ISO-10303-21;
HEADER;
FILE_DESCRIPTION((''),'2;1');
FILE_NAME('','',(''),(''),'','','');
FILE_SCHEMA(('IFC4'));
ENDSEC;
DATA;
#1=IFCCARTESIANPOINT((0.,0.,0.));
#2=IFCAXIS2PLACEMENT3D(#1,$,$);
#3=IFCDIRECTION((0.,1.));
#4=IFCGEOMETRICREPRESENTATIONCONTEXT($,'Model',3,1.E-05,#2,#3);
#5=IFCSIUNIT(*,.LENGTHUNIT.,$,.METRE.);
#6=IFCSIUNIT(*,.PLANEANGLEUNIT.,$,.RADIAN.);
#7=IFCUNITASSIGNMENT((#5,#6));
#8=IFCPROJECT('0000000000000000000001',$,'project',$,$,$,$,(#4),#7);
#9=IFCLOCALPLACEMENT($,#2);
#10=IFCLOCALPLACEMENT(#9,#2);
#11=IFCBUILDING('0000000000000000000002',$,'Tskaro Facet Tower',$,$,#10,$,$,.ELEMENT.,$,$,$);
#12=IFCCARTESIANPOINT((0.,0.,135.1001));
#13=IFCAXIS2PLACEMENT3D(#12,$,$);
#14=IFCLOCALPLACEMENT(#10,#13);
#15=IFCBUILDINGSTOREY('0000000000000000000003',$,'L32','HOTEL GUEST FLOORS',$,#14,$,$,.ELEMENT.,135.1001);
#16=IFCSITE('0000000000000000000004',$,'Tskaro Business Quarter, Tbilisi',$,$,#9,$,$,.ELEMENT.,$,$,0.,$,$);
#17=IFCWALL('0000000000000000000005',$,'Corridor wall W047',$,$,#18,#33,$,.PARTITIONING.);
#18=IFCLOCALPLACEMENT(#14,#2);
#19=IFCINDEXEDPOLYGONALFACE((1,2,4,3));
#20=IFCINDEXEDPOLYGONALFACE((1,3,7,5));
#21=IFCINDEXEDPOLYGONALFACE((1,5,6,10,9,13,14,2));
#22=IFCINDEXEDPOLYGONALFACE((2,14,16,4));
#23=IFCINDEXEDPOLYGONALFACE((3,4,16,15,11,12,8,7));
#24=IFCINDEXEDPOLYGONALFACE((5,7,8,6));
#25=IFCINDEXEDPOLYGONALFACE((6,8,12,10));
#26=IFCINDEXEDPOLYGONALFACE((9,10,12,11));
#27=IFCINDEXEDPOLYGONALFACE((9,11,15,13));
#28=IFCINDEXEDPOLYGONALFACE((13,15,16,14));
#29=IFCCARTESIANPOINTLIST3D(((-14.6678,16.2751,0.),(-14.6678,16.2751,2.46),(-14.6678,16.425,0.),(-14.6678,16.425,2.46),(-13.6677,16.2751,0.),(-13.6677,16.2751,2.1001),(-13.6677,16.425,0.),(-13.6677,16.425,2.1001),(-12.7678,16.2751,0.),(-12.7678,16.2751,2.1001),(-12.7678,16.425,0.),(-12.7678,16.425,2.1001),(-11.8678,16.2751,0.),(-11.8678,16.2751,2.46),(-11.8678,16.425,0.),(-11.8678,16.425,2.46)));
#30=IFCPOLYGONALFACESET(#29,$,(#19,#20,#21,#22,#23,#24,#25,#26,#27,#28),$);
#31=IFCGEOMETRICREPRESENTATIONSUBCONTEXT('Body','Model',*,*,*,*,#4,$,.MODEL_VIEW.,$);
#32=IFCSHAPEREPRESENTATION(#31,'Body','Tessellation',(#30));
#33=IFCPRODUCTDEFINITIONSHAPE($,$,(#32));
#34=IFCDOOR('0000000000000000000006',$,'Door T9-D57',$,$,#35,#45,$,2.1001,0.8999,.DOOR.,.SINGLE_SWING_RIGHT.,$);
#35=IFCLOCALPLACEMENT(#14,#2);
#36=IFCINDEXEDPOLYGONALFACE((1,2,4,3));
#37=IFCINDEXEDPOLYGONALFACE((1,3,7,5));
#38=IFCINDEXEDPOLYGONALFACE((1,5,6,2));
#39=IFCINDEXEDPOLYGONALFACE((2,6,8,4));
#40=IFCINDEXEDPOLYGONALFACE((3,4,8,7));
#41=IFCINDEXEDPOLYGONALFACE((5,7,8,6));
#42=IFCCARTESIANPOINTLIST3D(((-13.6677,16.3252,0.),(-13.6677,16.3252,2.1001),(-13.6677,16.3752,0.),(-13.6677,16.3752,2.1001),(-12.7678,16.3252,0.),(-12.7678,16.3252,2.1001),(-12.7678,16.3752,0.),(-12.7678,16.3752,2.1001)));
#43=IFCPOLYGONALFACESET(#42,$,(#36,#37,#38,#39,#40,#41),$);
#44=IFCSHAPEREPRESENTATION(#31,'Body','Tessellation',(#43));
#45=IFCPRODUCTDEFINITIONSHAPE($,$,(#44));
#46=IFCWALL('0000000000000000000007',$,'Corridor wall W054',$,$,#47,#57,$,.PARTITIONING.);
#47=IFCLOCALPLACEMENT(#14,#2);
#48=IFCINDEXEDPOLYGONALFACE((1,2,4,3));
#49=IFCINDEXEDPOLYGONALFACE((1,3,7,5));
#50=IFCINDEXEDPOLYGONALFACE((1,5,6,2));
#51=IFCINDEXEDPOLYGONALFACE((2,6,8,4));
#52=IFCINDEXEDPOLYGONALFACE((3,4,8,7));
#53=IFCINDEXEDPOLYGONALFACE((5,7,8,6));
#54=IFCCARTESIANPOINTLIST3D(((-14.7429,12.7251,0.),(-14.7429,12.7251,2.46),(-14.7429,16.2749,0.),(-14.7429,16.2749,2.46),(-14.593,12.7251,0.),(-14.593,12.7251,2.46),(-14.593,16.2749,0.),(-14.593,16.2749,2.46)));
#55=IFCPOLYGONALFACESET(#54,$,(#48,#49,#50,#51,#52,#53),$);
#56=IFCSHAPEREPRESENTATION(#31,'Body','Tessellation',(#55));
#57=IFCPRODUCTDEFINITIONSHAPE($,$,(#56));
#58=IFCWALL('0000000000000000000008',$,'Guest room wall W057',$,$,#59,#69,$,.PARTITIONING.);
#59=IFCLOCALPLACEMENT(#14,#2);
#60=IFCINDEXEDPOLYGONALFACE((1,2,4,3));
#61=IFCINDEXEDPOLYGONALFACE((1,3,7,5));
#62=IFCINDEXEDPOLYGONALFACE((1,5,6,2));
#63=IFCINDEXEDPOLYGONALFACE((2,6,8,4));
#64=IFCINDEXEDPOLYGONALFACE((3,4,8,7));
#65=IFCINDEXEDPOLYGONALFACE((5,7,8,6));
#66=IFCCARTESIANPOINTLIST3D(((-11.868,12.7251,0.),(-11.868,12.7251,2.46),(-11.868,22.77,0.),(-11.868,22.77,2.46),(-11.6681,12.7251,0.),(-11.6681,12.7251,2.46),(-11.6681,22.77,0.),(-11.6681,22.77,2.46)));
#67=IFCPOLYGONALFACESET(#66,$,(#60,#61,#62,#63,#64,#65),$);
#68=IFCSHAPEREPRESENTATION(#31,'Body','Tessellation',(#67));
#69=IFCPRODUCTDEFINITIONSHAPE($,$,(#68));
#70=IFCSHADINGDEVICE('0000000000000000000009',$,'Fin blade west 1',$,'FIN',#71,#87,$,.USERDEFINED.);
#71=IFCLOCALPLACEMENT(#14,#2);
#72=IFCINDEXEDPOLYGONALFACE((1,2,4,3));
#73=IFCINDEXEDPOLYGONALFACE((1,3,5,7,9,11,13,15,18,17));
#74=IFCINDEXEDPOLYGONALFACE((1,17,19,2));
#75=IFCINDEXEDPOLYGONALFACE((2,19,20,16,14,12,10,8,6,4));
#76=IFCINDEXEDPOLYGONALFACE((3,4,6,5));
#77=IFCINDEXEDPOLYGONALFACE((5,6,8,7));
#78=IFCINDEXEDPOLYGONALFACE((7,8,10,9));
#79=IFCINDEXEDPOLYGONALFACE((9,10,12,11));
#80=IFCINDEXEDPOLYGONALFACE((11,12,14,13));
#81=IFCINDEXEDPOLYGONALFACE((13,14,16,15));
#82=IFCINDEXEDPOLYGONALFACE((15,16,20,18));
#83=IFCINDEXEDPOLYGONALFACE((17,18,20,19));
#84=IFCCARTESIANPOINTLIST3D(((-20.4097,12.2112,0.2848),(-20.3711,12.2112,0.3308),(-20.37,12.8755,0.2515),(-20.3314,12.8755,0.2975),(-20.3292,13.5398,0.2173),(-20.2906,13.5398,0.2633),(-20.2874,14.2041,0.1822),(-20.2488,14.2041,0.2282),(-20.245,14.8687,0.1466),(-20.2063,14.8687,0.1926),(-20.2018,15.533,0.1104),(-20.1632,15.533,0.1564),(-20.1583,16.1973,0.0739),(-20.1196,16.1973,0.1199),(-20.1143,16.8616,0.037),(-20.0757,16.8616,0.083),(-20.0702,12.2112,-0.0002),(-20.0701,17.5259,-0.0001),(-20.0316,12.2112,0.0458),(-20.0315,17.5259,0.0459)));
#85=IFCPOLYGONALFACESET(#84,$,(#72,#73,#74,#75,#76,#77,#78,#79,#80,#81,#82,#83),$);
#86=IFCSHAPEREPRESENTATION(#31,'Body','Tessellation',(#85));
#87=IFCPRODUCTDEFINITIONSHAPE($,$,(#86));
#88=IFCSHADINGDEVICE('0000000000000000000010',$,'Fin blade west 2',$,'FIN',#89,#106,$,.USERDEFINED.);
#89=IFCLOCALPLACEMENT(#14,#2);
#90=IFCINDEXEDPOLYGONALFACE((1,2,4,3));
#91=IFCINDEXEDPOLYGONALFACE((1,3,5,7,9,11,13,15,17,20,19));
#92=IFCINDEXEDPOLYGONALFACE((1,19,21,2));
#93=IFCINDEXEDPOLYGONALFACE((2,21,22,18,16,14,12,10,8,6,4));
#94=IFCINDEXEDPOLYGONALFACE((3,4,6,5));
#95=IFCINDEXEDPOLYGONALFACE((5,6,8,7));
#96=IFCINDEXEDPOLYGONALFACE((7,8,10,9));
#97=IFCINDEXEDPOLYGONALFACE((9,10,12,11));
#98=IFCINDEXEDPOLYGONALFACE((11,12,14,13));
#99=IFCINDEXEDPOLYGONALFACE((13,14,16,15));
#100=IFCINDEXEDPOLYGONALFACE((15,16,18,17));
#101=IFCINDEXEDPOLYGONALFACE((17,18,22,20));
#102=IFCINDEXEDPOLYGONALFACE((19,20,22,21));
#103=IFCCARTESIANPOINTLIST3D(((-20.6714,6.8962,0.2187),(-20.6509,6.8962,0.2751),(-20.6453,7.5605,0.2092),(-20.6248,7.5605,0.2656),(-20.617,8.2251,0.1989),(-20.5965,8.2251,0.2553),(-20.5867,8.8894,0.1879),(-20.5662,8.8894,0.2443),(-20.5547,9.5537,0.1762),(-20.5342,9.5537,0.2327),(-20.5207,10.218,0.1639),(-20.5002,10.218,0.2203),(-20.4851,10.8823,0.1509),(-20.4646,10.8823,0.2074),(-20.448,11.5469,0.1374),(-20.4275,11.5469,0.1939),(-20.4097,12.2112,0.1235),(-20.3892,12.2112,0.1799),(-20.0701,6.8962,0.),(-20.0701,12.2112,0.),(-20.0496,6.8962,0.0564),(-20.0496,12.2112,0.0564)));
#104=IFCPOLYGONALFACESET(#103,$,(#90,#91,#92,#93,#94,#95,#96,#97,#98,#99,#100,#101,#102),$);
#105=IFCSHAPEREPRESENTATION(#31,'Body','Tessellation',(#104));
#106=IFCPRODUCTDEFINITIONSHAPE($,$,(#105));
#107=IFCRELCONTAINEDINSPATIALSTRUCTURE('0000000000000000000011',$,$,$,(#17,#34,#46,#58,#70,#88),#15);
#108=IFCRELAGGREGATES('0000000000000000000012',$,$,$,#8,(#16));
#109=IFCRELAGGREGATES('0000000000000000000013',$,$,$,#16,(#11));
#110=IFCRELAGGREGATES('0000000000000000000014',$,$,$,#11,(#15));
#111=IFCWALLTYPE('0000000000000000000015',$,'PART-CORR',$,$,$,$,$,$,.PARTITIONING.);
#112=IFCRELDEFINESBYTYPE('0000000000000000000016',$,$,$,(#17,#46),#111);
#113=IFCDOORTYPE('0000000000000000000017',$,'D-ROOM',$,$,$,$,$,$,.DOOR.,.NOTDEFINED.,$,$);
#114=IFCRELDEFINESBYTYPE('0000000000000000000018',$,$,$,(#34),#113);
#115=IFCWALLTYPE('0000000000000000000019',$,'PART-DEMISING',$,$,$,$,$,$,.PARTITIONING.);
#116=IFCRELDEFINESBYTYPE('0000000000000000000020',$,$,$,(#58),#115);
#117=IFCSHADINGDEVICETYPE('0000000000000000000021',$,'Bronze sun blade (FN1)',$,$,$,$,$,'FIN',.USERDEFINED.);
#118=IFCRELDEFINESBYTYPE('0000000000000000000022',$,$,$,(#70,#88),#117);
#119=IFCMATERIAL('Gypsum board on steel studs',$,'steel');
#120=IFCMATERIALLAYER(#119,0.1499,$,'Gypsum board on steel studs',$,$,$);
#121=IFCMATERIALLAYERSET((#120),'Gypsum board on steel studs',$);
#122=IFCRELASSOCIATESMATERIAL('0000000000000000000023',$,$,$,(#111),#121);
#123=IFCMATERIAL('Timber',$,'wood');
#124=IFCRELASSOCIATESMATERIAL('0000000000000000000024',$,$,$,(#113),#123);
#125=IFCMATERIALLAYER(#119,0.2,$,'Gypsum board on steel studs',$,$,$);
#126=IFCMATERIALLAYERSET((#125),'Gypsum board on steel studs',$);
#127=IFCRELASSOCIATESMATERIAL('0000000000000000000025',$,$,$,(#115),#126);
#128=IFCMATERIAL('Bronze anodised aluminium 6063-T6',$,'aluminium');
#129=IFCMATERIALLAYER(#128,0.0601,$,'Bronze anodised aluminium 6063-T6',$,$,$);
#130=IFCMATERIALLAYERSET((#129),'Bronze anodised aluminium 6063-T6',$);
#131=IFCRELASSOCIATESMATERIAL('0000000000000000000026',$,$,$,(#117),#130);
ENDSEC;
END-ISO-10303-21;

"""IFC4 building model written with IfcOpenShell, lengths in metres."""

from ifc_helpers import new_model, si_unit, direction, frame, frame_2d, origin, place, context, subcontext, project, spatial, polyline, rectangle, outline, extrude, material, layer, layer_set, type_object, element, fill, save


model = new_model("IFC4")

# Units and contexts
model_context = context("Model", 3, precision=1e-05, world=origin(), true_north=direction((0.0, 1.0)))
body_context = subcontext(model_context, "Body", "Model", "MODEL_VIEW")
ifc_project = project(units=[si_unit("LENGTHUNIT", "METRE"), si_unit("PLANEANGLEUNIT", "RADIAN")], contexts=[model_context])

# Site, building, storey
site_placement = place(None, origin())
site = spatial("IfcSite", under=ifc_project, at=site_placement, Name="Tskaro Business Quarter, Tbilisi", CompositionType="ELEMENT", RefElevation=0.0)
building_placement = place(site_placement, origin())
building = spatial("IfcBuilding", under=site, at=building_placement, Name="Tskaro Facet Tower", CompositionType="ELEMENT")
storey_placement = place(building_placement, frame((0.0, 0.0, 135.1001)))
storey = spatial("IfcBuildingStorey", under=building, at=storey_placement, Name="L32", Description="HOTEL GUEST FLOORS", CompositionType="ELEMENT", Elevation=135.1001)

# Shared definitions
ifc_material_1 = material(Name="Bronze anodised aluminium 6063-T6", Category="aluminium")

# Shared definitions
ifc_material_2 = material(Name="Gypsum board on steel studs", Category="steel")
ifc_layer_1 = layer(ifc_material_2, 0.1499, Name="Gypsum board on steel studs")
ifc_layer_set_1 = layer_set([ifc_layer_1], Name="Gypsum board on steel studs")
wall_type_1 = type_object("IfcWallType", Name="PART-CORR", PredefinedType="PARTITIONING", material=ifc_layer_set_1)
ifc_material_3 = material(Name="Timber", Category="wood")
door_type_1 = type_object("IfcDoorType", Name="D-ROOM", OperationType="NOTDEFINED", PredefinedType="DOOR", material=ifc_material_3)

# Wall, opening, door
wall_1_placement = place(storey_placement, frame((-11.8679, 16.3501, 0.0), z_axis=(0.0, 0.0, 1.0), x_axis=(-1.0, 0.0, 0.0)))
wall_1 = element("IfcWall", 1, at=wall_1_placement, inside=storey, type_object=wall_type_1, Name="Corridor wall W047", PredefinedType="PARTITIONING", context=body_context, shape_type="SweptSolid", body=[
    extrude(rectangle(XDim=2.8, YDim=0.1499, at=frame_2d((1.3999, 0.0))), origin(), (0.0, 0.0, 1.0), 2.46),
])
opening_1_placement = place(wall_1_placement, frame((0.8999, 0.0, 0.0)))
opening_1 = element("IfcOpeningElement", 2, at=opening_1_placement, cuts=wall_1, PredefinedType="OPENING", context=body_context, shape_type="SweptSolid", body=[
    extrude(rectangle(XDim=0.8999, YDim=2.1001, at=frame_2d((0.45, 1.05))), frame((0.0, 0.085, 0.0), z_axis=(0.0, -1.0, 0.0), x_axis=(1.0, 0.0, 0.0)), (0.0, 0.0, 1.0), 0.1699),
])
door_1_placement = place(opening_1_placement, origin())
door_1 = element("IfcDoor", 3, at=door_1_placement, inside=storey, type_object=door_type_1, Name="Door T9-D57", OperationType="SINGLE_SWING_RIGHT", OverallHeight=2.1001, OverallWidth=0.8999, PredefinedType="DOOR", context=body_context, shape_type="SweptSolid", body=[
    extrude(rectangle(XDim=0.8999, YDim=2.1001, at=frame_2d((0.45, 1.05))), frame((0.0, 0.0249, 0.0), z_axis=(0.0, -1.0, 0.0), x_axis=(1.0, 0.0, 0.0)), (0.0, 0.0, 1.0), 0.05),
])
fill(opening_1, door_1)

# Walls
wall_2_placement = place(storey_placement, frame((-14.668, 12.7251, 0.0), z_axis=(0.0, 0.0, 1.0), x_axis=(0.0, 1.0, 0.0)))
element("IfcWall", 4, at=wall_2_placement, inside=storey, type_object=wall_type_1, Name="Corridor wall W054", PredefinedType="PARTITIONING", context=body_context, shape_type="SweptSolid", body=[
    extrude(rectangle(XDim=3.5498, YDim=0.1499, at=frame_2d((1.7749, 0.0))), origin(), (0.0, 0.0, 1.0), 2.46),
])
ifc_layer_2 = layer(ifc_material_2, 0.2, Name="Gypsum board on steel studs")
ifc_layer_set_2 = layer_set([ifc_layer_2], Name="Gypsum board on steel studs")
wall_type_2 = type_object("IfcWallType", Name="PART-DEMISING", PredefinedType="PARTITIONING", material=ifc_layer_set_2)
wall_3_placement = place(storey_placement, frame((-11.7681, 12.7251, 0.0), z_axis=(0.0, 0.0, 1.0), x_axis=(0.0, 1.0, 0.0)))
element("IfcWall", 5, at=wall_3_placement, inside=storey, type_object=wall_type_2, Name="Guest room wall W057", PredefinedType="PARTITIONING", context=body_context, shape_type="SweptSolid", body=[
    extrude(rectangle(XDim=10.0449, YDim=0.2, at=frame_2d((5.0225, 0.0))), origin(), (0.0, 0.0, 1.0), 2.46),
])

# Shading devices
ifc_layer_3 = layer(ifc_material_1, 0.0601, Name="Bronze anodised aluminium 6063-T6")
ifc_layer_set_3 = layer_set([ifc_layer_3], Name="Bronze anodised aluminium 6063-T6")
shading_device_type = type_object("IfcShadingDeviceType", Name="Bronze sun blade (FN1)", ElementType="FIN", PredefinedType="USERDEFINED", material=ifc_layer_set_3)
shading_device_1_placement = place(storey_placement, frame((-20.0315, 17.5259, 0.0459), z_axis=(0.642989, -0.000028, 0.765875), x_axis=(-0.000018, -1.0, -0.000022)))
element("IfcShadingDevice", 6, at=shading_device_1_placement, inside=storey, type_object=shading_device_type, Name="Fin blade west 1", ObjectType="FIN", PredefinedType="USERDEFINED", context=body_context, shape_type="SweptSolid", body=[
    extrude(outline(polyline([(0.0, 0.0), (5.3147, 0.0), (5.3147, -0.4433), (4.6504, -0.3915), (3.9861, -0.3383), (3.3218, -0.2837), (2.6572, -0.2282), (1.9929, -0.1719), (1.3286, -0.1151), (0.6643, -0.0577), (0.0, 0.0)])), origin(), (0.0, 0.0, -1.0), 0.0601),
])
shading_device_2_placement = place(storey_placement, frame((-20.0496, 12.2112, 0.0564), z_axis=(0.341815, 0.000004, 0.939767), x_axis=(0.000001, -1.0, 0.000003)))
element("IfcShadingDevice", 7, at=shading_device_2_placement, inside=storey, type_object=shading_device_type, Name="Fin blade west 2", ObjectType="FIN", PredefinedType="USERDEFINED", context=body_context, shape_type="SweptSolid", body=[
    extrude(outline(polyline([(0.0, 0.0), (5.3149, 0.0), (5.3149, -0.6399), (4.6506, -0.6121), (3.9861, -0.5819), (3.3218, -0.5497), (2.6575, -0.5157), (1.9932, -0.4795), (1.3289, -0.4416), (0.6643, -0.4021), (0.0, -0.3614), (0.0, 0.0)])), origin(), (0.0, 0.0, -1.0), 0.0601),
])

save(model, "model.ifc")
